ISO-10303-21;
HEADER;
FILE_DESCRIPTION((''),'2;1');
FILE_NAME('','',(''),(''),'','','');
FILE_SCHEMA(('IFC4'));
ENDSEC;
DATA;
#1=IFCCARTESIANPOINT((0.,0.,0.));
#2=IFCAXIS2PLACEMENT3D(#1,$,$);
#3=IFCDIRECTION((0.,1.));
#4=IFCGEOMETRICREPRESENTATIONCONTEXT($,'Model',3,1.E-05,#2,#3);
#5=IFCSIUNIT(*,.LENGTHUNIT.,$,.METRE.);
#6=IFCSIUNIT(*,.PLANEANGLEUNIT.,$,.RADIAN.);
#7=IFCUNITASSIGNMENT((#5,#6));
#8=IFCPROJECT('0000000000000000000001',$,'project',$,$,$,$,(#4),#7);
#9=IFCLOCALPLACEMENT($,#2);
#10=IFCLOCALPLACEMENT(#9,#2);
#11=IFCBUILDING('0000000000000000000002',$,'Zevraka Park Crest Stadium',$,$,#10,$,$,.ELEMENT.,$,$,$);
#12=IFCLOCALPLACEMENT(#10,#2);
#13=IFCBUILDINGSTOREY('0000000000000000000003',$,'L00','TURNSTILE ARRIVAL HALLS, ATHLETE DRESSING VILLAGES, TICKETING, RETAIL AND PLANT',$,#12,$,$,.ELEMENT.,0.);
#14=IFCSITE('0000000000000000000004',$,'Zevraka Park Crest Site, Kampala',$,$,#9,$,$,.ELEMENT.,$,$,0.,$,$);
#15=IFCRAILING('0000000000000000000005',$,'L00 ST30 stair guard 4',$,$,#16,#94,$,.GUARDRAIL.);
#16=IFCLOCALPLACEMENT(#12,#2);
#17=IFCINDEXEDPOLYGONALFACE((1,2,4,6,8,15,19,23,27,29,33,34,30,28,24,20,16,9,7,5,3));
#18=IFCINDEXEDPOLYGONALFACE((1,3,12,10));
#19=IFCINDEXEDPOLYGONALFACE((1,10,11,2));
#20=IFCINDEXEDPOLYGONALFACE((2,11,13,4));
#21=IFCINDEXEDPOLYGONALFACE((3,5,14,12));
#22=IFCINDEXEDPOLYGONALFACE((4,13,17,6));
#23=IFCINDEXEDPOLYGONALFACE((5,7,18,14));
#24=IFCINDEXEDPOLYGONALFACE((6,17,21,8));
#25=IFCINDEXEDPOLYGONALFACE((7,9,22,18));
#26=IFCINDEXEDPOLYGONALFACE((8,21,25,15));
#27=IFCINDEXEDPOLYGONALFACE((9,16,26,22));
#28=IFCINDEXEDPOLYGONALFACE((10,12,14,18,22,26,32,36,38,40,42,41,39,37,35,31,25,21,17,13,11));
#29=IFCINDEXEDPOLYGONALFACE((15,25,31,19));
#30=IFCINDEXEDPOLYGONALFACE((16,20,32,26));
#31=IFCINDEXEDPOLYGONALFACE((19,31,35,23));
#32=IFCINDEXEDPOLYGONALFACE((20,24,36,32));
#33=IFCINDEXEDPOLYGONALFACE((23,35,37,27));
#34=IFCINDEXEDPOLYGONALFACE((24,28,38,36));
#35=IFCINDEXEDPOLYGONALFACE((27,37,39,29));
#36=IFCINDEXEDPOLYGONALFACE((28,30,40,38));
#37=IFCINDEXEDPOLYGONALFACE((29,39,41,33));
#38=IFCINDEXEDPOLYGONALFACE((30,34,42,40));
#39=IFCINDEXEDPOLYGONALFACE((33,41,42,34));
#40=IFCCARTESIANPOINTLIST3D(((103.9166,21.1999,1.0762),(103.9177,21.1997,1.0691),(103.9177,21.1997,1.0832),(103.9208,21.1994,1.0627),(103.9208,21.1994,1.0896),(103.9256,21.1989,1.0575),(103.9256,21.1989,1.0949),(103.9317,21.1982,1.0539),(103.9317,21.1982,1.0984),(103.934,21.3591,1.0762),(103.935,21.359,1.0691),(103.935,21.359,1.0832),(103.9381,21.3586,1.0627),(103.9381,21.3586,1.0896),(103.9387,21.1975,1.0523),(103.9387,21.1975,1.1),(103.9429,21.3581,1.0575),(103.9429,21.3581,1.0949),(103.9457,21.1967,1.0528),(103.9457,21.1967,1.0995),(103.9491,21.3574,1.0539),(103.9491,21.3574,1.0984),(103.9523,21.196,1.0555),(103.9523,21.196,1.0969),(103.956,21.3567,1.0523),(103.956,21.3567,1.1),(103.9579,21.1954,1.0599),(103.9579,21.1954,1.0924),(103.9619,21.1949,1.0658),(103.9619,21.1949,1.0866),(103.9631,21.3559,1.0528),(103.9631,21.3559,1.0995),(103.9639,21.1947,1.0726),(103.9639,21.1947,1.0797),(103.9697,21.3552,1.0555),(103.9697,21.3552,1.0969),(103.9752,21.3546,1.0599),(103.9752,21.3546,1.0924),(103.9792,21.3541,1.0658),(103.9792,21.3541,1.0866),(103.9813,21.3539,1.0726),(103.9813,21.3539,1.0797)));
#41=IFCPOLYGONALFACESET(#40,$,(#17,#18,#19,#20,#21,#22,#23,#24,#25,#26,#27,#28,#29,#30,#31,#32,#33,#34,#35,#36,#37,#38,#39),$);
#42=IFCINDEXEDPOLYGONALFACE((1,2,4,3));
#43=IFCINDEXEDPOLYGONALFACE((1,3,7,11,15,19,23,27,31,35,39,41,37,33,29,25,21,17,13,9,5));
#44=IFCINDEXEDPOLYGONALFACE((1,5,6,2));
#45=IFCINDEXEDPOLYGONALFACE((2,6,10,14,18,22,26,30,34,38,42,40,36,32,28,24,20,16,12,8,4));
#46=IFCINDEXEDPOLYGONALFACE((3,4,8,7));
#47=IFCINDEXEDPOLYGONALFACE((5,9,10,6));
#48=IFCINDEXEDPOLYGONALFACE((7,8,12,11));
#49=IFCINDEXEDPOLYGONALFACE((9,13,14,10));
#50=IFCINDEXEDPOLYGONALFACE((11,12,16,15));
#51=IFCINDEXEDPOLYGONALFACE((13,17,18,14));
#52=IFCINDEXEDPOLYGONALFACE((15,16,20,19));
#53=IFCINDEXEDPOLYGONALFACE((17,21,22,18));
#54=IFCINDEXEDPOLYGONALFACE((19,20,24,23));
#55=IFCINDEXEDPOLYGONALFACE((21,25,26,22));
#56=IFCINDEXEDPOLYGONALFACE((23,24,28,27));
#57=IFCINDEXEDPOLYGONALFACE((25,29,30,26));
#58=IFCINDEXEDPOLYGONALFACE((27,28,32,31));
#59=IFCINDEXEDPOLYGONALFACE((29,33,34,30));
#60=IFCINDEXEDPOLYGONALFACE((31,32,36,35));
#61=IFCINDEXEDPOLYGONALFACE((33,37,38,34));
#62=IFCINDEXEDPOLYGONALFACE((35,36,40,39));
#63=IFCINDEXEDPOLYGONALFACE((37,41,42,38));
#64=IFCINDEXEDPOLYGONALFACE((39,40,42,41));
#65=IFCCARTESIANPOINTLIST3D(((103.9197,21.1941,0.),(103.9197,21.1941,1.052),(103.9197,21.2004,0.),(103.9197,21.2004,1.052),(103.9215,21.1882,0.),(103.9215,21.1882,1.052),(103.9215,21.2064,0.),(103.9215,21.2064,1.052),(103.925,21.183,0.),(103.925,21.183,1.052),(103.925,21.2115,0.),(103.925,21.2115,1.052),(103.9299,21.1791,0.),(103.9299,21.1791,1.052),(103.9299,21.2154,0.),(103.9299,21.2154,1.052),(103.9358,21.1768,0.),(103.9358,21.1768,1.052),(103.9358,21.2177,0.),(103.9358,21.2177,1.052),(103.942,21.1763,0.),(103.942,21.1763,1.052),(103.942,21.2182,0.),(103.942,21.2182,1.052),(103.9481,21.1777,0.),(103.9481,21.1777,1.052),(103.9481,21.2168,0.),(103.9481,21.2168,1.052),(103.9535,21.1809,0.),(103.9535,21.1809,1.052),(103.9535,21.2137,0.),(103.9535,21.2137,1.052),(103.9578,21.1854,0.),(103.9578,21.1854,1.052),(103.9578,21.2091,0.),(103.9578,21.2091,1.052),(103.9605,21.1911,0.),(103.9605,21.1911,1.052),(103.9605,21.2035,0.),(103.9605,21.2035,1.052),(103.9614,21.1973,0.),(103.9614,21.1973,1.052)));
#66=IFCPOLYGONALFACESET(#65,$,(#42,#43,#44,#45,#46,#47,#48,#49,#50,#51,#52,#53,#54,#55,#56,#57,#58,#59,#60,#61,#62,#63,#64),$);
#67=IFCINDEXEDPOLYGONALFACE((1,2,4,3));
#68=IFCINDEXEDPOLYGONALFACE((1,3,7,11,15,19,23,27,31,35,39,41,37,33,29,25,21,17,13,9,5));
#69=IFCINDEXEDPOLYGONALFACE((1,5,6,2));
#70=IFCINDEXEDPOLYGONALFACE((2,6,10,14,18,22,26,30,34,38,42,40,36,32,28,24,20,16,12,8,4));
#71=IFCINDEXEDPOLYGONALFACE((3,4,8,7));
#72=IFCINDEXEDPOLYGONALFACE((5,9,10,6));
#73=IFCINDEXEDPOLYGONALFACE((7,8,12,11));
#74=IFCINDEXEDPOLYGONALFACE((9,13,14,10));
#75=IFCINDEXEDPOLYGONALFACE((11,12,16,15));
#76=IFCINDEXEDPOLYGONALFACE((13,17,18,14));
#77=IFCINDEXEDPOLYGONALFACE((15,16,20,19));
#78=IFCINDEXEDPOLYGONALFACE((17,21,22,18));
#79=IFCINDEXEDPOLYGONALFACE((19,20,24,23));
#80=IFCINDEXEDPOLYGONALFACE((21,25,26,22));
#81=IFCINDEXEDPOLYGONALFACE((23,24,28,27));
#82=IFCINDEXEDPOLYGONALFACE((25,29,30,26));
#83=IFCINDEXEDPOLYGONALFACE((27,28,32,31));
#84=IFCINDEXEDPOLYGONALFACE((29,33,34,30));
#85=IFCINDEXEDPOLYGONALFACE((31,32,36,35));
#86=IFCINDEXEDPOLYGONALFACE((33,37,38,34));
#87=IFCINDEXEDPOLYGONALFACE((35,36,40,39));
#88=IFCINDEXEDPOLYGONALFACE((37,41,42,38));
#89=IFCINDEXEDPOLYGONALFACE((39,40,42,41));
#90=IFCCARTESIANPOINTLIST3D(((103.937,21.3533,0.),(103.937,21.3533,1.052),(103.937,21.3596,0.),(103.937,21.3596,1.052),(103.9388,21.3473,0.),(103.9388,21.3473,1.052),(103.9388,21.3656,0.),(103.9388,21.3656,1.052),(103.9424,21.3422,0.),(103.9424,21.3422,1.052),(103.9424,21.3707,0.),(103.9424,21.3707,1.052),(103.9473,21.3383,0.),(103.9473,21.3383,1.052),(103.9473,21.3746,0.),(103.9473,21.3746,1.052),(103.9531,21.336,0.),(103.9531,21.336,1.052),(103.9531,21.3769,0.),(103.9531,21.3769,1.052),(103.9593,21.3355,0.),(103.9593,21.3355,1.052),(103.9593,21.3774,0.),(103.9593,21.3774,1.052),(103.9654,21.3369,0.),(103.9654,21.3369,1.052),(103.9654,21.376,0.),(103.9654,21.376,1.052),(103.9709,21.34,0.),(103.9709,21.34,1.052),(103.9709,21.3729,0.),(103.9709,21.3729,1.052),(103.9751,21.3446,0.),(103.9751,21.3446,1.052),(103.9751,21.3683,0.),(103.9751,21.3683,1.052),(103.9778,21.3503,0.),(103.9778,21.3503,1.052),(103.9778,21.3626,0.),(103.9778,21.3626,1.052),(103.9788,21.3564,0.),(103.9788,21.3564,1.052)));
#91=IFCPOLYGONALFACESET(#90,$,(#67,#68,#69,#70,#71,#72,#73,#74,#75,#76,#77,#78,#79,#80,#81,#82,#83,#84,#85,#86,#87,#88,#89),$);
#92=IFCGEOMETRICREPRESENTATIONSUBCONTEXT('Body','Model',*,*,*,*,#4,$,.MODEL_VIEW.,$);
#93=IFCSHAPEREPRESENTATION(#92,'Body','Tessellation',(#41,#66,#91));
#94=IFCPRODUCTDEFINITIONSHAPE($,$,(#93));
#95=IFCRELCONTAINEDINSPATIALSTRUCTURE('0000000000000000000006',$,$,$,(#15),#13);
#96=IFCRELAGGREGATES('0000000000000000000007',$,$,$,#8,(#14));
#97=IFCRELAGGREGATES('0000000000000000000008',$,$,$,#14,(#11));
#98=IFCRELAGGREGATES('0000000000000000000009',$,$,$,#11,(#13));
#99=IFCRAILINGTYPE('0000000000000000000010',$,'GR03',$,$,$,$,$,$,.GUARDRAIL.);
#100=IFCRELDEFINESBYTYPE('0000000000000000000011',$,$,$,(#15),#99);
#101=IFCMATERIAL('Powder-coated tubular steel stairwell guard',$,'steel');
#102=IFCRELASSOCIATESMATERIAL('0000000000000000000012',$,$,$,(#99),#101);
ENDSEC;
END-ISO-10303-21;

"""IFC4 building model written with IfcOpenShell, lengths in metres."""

from ifc_helpers import new_model, si_unit, direction, frame, origin, origin_2d, place, context, subcontext, project, spatial, circle, extrude, material, type_object, element, save


model = new_model("IFC4")

# Units and contexts
model_context = context("Model", 3, precision=1e-05, world=origin(), true_north=direction((0.0, 1.0)))
body_context = subcontext(model_context, "Body", "Model", "MODEL_VIEW")
ifc_project = project(units=[si_unit("LENGTHUNIT", "METRE"), si_unit("PLANEANGLEUNIT", "RADIAN")], contexts=[model_context])

# Site, building, storey
site_placement = place(None, origin())
site = spatial("IfcSite", under=ifc_project, at=site_placement, Name="Zevraka Park Crest Site, Kampala", CompositionType="ELEMENT", RefElevation=0.0)
building_placement = place(site_placement, origin())
building = spatial("IfcBuilding", under=site, at=building_placement, Name="Zevraka Park Crest Stadium", CompositionType="ELEMENT")
storey_placement = place(building_placement, origin())
storey = spatial("IfcBuildingStorey", under=building, at=storey_placement, Name="L00", Description="TURNSTILE ARRIVAL HALLS, ATHLETE DRESSING VILLAGES, TICKETING, RETAIL AND PLANT", CompositionType="ELEMENT", Elevation=0.0)

# Railing
ifc_material_1 = material(Name="Powder-coated tubular steel stairwell guard", Category="steel")
railing_type_1 = type_object("IfcRailingType", Name="GR03", PredefinedType="GUARDRAIL", material=ifc_material_1)
railing_1_placement = place(storey_placement, frame((103.9404, 21.1973, 0.0)))
element("IfcRailing", 1, at=railing_1_placement, inside=storey, type_object=railing_type_1, Name="L00 ST30 stair guard 4", PredefinedType="GUARDRAIL", context=body_context, shape_type="SweptSolid", body=[
    extrude(circle(Radius=0.0239, at=origin_2d()), frame((0.0, 0.0, 1.0762), z_axis=(0.108256, 0.994123, 0.0), x_axis=(-0.994123, 0.108256, 0.0)), (0.0, 0.0, 1.0), 0.1602),
    extrude(circle(Radius=0.021, at=origin_2d()), origin(), (0.0, 0.0, 1.0), 1.052),
    extrude(circle(Radius=0.021, at=origin_2d()), frame((0.0173, 0.1592, 0.0)), (0.0, 0.0, 1.0), 1.052),
])

save(model, "model.ifc")
